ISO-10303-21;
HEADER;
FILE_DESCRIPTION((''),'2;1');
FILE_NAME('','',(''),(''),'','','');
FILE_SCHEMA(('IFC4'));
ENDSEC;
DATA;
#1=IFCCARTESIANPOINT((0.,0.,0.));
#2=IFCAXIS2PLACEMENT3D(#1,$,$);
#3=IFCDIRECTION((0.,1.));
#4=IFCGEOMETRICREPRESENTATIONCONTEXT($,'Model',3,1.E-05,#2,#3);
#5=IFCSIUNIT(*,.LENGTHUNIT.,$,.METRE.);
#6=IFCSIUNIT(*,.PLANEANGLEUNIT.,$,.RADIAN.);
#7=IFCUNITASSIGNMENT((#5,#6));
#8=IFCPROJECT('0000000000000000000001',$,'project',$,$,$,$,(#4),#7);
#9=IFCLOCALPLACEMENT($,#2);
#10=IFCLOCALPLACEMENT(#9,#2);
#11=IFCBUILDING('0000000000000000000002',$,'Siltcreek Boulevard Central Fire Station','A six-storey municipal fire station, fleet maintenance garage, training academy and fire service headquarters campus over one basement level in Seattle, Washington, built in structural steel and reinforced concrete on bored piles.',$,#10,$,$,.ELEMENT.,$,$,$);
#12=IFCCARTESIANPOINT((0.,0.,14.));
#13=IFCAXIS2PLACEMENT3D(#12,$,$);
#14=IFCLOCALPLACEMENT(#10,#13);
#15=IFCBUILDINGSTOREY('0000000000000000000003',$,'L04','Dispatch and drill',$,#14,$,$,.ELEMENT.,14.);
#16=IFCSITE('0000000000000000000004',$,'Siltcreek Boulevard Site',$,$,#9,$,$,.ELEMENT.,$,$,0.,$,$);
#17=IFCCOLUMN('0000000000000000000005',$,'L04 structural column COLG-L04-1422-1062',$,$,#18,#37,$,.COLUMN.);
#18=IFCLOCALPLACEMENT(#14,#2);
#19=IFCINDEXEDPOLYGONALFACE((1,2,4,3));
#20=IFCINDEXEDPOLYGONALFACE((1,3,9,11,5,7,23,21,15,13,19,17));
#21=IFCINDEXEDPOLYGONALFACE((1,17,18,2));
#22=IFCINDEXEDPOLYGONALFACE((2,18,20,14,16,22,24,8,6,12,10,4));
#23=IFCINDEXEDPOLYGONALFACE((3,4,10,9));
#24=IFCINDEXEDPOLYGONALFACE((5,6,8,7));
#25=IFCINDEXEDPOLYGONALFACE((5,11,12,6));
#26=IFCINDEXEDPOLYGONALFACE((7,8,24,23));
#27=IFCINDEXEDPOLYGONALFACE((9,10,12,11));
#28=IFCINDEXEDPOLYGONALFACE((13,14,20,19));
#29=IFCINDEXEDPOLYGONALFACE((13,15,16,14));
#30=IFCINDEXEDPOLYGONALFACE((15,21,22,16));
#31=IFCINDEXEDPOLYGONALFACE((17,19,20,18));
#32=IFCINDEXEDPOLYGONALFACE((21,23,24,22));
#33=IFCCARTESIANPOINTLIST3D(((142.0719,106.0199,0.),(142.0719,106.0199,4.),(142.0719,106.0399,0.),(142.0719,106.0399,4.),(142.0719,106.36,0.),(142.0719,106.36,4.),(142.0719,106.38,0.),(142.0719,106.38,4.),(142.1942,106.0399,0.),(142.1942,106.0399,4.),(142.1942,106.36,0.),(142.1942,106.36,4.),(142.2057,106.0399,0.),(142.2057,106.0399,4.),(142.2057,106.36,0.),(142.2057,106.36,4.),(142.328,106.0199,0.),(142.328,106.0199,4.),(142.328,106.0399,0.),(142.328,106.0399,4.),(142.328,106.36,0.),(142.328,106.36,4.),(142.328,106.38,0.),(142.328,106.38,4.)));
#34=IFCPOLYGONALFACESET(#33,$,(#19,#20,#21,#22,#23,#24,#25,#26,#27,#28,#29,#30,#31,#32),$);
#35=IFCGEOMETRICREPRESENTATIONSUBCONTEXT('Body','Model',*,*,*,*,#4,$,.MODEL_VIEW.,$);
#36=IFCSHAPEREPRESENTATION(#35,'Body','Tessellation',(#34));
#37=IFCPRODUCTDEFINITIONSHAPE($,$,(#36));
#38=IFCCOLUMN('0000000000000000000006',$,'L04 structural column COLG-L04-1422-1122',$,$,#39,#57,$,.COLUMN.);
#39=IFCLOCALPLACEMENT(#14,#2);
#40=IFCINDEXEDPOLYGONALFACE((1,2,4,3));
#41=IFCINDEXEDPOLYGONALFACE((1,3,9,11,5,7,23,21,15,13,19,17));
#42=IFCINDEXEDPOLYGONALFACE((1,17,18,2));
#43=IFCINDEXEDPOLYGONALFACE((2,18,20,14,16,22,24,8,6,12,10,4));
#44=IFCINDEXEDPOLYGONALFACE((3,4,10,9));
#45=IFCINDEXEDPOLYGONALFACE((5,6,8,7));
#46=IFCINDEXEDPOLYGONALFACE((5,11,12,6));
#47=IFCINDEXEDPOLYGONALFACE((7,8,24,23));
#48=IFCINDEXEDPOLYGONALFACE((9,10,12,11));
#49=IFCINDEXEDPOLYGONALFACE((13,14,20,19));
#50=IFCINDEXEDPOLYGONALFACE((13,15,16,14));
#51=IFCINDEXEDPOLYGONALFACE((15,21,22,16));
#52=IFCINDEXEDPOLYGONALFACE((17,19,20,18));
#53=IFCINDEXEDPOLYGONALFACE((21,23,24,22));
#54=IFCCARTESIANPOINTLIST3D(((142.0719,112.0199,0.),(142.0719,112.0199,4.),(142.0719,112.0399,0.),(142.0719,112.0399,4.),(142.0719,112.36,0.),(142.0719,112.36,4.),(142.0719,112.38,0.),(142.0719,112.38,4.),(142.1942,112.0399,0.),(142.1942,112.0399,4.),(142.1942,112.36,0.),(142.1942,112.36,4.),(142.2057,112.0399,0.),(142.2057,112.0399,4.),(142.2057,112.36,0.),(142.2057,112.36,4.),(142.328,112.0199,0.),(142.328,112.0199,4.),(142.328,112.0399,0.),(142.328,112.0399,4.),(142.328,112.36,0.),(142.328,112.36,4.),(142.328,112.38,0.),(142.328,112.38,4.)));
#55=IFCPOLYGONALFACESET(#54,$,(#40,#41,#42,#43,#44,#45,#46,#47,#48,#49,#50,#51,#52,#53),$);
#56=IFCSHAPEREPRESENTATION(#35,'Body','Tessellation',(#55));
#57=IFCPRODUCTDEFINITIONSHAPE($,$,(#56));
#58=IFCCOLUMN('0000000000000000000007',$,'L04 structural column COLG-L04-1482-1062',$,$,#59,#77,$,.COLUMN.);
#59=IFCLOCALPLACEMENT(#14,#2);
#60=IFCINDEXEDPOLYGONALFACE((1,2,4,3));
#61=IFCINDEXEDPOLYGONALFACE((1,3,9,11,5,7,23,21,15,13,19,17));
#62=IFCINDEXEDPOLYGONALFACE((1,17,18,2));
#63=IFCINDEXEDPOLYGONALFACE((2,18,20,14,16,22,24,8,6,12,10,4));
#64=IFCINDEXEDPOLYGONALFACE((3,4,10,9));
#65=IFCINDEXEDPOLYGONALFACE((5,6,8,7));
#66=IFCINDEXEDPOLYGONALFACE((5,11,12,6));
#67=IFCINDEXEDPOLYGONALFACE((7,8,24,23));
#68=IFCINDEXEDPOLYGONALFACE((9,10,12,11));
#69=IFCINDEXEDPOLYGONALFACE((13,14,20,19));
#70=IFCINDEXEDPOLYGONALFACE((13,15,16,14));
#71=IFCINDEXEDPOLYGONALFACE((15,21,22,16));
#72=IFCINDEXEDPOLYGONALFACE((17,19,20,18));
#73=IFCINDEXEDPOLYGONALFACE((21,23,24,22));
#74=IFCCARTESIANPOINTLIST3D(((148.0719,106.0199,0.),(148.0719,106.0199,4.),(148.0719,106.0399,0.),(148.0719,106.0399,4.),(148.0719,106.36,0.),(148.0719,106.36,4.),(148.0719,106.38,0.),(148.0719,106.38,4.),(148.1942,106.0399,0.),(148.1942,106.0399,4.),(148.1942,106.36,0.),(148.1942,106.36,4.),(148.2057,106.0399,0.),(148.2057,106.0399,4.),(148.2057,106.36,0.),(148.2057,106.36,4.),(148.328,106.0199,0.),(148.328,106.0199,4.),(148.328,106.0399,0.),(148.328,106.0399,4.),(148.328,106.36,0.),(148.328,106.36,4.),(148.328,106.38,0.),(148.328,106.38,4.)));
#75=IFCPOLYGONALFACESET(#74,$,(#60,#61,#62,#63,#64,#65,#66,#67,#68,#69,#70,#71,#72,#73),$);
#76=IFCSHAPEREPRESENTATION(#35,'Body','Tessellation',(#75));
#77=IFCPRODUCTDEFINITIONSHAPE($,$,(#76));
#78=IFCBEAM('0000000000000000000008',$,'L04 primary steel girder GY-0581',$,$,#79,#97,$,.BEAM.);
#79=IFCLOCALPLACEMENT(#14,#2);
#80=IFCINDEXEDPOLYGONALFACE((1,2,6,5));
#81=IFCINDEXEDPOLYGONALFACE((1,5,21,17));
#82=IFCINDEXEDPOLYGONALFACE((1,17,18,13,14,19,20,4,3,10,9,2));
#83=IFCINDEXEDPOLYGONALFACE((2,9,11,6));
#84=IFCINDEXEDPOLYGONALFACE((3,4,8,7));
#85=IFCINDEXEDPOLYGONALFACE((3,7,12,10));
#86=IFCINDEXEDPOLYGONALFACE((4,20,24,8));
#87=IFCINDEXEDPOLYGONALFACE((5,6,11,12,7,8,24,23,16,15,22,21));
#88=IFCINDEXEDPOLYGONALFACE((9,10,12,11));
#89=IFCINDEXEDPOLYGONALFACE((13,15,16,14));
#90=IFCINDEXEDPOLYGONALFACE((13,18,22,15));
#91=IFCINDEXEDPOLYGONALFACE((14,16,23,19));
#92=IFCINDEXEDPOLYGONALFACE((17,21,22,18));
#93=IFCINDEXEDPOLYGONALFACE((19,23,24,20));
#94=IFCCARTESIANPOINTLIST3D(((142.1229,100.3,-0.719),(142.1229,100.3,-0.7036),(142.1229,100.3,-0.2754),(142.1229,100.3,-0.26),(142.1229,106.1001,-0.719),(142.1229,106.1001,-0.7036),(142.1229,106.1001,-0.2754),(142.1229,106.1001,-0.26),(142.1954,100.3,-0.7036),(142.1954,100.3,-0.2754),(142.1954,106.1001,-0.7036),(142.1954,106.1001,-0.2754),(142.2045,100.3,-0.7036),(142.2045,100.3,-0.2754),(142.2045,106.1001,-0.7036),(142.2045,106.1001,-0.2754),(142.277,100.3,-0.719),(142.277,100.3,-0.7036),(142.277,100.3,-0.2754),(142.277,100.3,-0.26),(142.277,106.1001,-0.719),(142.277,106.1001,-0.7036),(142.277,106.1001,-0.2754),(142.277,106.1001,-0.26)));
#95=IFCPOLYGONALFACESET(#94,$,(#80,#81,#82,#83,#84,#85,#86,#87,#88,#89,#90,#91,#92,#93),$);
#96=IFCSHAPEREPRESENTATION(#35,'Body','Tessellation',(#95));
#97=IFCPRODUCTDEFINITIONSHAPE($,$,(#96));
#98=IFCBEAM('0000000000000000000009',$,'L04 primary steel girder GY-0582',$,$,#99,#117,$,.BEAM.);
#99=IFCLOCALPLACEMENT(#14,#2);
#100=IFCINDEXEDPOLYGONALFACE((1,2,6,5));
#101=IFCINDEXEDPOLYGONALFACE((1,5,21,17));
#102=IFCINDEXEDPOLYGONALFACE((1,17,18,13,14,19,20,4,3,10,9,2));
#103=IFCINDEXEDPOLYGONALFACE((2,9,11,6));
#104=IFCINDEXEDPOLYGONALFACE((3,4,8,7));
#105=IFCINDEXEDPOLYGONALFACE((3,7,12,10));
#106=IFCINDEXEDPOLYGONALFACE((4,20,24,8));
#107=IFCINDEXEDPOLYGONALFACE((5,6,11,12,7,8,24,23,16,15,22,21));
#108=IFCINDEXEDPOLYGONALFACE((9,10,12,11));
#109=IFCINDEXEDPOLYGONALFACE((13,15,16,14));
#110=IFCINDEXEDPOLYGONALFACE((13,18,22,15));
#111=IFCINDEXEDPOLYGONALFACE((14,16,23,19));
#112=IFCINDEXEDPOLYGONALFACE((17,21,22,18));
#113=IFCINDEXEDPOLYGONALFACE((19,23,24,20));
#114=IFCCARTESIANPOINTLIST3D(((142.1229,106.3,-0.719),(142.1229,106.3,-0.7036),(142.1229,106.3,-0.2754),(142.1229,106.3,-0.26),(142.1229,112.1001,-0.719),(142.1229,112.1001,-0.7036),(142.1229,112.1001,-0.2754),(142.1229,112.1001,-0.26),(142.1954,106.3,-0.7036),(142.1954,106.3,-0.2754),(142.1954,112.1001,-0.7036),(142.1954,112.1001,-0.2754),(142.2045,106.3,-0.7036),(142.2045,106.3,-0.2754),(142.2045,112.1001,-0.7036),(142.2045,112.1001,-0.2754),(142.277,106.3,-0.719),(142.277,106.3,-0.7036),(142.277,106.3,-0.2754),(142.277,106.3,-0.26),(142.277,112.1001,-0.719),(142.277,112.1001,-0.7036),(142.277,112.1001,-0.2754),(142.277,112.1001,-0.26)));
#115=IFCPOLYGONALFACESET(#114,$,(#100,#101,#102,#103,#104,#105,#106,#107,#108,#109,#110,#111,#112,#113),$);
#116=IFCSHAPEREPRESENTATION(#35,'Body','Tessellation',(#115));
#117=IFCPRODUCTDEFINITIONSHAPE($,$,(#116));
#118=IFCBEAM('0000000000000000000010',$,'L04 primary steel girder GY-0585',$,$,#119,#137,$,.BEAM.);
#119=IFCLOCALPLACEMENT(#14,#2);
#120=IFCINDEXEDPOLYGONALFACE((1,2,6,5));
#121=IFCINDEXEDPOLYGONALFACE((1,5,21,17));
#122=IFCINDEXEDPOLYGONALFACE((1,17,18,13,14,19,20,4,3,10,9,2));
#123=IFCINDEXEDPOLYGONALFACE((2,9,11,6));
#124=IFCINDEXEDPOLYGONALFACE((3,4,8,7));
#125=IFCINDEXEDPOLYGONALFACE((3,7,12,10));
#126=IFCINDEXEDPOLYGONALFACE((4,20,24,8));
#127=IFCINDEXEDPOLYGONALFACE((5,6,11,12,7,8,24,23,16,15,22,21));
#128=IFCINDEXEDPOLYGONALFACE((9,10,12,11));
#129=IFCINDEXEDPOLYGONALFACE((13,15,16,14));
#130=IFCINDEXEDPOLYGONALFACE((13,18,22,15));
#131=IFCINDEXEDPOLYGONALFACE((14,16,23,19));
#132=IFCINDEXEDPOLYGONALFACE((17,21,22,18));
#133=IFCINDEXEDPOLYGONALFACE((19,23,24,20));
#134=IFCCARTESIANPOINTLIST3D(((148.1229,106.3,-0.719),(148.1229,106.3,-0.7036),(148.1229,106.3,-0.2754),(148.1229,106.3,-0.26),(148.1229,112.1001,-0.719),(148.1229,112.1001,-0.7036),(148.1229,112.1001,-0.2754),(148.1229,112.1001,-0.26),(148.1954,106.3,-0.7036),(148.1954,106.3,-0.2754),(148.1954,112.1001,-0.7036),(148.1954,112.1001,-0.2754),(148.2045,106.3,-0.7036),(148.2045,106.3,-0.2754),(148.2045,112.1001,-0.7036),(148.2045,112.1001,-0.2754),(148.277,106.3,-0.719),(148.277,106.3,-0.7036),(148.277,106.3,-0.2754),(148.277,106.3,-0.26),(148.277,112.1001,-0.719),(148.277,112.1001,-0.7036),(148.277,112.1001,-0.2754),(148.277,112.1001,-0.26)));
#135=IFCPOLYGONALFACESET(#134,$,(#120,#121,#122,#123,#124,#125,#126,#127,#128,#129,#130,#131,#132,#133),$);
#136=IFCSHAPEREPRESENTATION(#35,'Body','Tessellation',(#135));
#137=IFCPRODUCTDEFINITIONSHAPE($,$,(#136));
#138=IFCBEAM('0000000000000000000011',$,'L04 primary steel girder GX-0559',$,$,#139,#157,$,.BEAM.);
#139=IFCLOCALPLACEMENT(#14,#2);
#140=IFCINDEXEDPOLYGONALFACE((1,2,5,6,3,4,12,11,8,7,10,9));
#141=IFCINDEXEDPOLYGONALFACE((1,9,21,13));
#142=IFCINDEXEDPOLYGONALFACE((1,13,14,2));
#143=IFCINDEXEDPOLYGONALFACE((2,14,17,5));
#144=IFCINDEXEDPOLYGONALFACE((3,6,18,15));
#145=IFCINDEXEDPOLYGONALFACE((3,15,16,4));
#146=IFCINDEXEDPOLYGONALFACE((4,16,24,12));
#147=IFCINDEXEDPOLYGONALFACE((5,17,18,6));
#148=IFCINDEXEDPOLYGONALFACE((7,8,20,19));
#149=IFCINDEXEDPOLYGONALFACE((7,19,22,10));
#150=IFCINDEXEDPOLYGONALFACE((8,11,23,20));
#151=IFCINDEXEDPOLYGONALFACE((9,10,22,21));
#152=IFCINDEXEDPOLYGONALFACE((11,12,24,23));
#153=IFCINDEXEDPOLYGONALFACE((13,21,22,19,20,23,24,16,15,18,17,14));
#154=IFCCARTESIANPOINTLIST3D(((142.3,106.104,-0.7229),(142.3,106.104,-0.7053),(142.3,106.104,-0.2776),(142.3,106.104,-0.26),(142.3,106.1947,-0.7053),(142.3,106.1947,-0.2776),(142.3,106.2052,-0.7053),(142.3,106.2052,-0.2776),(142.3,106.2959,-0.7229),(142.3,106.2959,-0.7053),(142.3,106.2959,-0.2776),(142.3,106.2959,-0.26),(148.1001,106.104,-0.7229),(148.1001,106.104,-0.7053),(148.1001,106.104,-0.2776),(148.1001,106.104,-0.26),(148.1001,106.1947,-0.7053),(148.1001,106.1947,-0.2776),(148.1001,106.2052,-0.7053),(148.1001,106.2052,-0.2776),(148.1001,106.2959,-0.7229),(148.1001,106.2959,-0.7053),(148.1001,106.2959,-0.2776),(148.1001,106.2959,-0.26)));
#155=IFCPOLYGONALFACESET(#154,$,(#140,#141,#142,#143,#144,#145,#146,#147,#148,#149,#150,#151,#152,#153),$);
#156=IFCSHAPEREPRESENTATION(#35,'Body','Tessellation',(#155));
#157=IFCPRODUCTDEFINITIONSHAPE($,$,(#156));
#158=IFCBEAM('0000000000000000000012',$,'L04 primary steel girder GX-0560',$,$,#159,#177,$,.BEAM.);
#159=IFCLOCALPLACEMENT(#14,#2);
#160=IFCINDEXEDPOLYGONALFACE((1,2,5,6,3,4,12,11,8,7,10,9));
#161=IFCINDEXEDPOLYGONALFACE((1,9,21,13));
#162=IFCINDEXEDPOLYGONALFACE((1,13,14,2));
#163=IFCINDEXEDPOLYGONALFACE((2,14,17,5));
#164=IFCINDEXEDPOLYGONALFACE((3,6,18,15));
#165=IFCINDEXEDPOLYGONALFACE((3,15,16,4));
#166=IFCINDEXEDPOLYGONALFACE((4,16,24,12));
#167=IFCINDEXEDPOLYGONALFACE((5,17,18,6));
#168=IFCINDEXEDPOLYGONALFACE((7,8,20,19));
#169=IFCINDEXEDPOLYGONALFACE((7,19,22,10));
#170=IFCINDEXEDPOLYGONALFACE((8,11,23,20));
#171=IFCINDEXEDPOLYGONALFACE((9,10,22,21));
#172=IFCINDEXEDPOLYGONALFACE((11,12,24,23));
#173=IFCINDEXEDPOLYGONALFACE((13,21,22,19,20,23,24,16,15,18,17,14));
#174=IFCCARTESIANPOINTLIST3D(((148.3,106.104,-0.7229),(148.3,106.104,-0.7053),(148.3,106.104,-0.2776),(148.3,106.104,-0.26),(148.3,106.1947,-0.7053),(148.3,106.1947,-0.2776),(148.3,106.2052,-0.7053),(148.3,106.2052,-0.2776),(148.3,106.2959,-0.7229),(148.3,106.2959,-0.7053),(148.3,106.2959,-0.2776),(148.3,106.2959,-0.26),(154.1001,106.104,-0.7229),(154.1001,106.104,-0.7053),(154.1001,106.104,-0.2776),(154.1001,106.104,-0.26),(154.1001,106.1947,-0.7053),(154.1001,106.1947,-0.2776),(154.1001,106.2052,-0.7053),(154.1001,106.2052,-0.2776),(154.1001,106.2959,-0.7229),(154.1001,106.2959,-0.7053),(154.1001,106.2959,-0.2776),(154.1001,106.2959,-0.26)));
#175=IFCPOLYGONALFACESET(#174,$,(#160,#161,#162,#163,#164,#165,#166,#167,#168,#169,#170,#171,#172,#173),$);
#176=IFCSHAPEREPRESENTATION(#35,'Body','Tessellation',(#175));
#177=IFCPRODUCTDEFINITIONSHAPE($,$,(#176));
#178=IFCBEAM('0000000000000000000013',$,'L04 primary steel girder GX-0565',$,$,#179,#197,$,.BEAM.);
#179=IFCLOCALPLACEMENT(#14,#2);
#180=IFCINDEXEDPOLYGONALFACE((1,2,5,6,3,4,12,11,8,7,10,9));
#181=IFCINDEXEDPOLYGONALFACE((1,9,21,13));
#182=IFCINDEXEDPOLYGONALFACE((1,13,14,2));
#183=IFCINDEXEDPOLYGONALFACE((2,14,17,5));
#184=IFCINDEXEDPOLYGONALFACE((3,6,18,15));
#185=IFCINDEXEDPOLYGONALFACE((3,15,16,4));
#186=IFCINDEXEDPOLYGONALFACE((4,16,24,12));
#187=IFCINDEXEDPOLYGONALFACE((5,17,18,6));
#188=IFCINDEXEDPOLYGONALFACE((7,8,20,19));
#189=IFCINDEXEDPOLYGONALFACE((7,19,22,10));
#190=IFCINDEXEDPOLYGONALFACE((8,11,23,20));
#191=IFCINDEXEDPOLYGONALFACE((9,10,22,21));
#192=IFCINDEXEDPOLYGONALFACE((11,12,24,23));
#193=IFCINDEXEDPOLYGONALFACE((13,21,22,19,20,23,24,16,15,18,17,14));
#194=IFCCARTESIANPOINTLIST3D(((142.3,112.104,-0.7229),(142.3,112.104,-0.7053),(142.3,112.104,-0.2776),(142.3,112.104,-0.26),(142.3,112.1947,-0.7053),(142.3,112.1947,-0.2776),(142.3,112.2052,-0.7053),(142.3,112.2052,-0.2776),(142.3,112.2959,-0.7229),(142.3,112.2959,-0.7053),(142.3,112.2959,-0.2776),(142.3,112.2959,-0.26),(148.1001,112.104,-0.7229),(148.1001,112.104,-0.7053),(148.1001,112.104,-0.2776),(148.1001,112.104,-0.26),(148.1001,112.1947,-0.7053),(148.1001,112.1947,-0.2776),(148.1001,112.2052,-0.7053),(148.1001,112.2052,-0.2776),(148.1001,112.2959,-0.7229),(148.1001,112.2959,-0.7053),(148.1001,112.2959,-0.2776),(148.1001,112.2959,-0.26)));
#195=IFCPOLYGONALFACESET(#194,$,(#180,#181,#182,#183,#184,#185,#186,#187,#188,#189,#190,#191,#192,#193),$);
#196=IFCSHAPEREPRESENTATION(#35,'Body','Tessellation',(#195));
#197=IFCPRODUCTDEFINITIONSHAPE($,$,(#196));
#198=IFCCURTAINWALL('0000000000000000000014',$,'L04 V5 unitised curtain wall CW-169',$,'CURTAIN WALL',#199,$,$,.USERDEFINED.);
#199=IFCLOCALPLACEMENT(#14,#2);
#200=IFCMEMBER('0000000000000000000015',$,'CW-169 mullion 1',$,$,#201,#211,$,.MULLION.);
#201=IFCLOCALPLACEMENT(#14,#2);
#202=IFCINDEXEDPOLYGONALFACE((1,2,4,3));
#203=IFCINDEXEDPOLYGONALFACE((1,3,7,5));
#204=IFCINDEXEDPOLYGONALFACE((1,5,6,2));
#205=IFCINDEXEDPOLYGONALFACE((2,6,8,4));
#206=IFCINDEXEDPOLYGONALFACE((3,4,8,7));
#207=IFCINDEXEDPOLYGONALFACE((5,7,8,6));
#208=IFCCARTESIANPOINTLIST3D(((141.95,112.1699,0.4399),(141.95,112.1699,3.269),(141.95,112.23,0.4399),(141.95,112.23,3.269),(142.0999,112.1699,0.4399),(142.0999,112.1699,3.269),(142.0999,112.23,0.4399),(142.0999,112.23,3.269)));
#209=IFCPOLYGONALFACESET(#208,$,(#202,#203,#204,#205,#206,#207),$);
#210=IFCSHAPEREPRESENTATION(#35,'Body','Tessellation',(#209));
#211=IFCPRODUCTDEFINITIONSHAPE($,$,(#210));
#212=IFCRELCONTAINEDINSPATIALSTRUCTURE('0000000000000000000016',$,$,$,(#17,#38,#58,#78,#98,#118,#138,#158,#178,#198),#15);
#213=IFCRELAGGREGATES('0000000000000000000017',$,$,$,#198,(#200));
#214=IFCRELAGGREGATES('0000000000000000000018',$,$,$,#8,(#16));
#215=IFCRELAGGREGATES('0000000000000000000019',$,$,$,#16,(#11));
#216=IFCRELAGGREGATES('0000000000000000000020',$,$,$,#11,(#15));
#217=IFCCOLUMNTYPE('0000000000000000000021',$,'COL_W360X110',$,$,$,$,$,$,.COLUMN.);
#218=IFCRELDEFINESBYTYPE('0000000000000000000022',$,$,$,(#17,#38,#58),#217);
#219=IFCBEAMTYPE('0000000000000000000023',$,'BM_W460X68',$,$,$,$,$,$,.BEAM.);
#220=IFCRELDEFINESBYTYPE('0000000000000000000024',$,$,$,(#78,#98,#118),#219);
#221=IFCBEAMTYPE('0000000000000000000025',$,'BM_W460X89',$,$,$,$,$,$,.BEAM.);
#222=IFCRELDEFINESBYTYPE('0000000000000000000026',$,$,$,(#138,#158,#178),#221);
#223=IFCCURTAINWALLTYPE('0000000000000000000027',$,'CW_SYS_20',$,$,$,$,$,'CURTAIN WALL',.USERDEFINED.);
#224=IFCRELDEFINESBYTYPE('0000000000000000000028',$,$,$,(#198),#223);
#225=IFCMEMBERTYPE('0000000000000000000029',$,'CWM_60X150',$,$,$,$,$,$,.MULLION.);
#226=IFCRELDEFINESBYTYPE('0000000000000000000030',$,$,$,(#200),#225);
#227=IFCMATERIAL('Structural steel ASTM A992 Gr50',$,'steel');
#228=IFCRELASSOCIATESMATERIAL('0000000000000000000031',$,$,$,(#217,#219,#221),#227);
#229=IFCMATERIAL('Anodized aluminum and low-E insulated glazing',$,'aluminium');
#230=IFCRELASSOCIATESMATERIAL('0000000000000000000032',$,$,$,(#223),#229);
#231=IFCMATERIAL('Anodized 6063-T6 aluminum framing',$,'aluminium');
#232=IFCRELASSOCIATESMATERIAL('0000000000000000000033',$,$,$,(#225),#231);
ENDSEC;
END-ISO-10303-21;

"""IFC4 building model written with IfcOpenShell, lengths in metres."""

from ifc_helpers import new_model, si_unit, direction, frame, origin, origin_2d, place, context, subcontext, project, spatial, rectangle, i_section, extrude, material, material_profile, profile_set, type_object, element, aggregate, save


model = new_model("IFC4")

# Units and contexts
model_context = context("Model", 3, precision=1e-05, world=origin(), true_north=direction((0.0, 1.0)))
body_context = subcontext(model_context, "Body", "Model", "MODEL_VIEW")
ifc_project = project(units=[si_unit("LENGTHUNIT", "METRE"), si_unit("PLANEANGLEUNIT", "RADIAN")], contexts=[model_context])

# Site, building, storey
site_placement = place(None, origin())
site = spatial("IfcSite", under=ifc_project, at=site_placement, Name="Siltcreek Boulevard Site", CompositionType="ELEMENT", RefElevation=0.0)
building_placement = place(site_placement, origin())
building = spatial("IfcBuilding", under=site, at=building_placement, Name="Siltcreek Boulevard Central Fire Station", Description="A six-storey municipal fire station, fleet maintenance garage, training academy and fire service headquarters campus over one basement level in Seattle, Washington, built in structural steel and reinforced concrete on bored piles.", CompositionType="ELEMENT")
storey_placement = place(building_placement, frame((0.0, 0.0, 14.0)))
storey = spatial("IfcBuildingStorey", under=building, at=storey_placement, Name="L04", Description="Dispatch and drill", CompositionType="ELEMENT", Elevation=14.0)

# Columns
ifc_material_1 = material(Name="Structural steel ASTM A992 Gr50", Category="steel")
ifc_material_profile_1 = material_profile(ifc_material_1, i_section(OverallWidth=0.2561, OverallDepth=0.3601, WebThickness=0.0115, FlangeThickness=0.02, at=origin_2d()), Name="W360X110")
ifc_profile_set_1 = profile_set([ifc_material_profile_1], Name="Structural steel ASTM A992 Gr50")
column_type = type_object("IfcColumnType", Name="COL_W360X110", PredefinedType="COLUMN", material=ifc_profile_set_1)
for number, where, z_axis, x_axis, name in (
    (1, (142.2, 106.2, 0.0), (0.0, 0.0, 1.0), (1.0, 0.0, 0.0), "L04 structural column COLG-L04-1422-1062"),
    (2, (142.2, 112.2, 0.0), (0.0, 0.0, 1.0), (1.0, 0.0, 0.0), "L04 structural column COLG-L04-1422-1122"),
    (3, (148.2, 106.2, 0.0), (0.0, 0.0, 1.0), (1.0, 0.0, 0.0), "L04 structural column COLG-L04-1482-1062"),
):
    element("IfcColumn", number, at=place(storey_placement, frame(where, z_axis=z_axis, x_axis=x_axis)), inside=storey, type_object=column_type, Name=name, PredefinedType="COLUMN", context=body_context, shape_type="SweptSolid", body=[
        extrude(i_section(OverallWidth=0.2561, OverallDepth=0.3601, WebThickness=0.0115, FlangeThickness=0.02, at=origin_2d()), origin(), (0.0, 0.0, 1.0), 4.0),
    ])

# Beams
ifc_material_profile_2 = material_profile(ifc_material_1, i_section(OverallWidth=0.1541, OverallDepth=0.459, WebThickness=0.009, FlangeThickness=0.0154, at=origin_2d()), Name="W460X68")
ifc_profile_set_2 = profile_set([ifc_material_profile_2], Name="Structural steel ASTM A992 Gr50")
beam_type_1 = type_object("IfcBeamType", Name="BM_W460X68", PredefinedType="BEAM", material=ifc_profile_set_2)
for number, where, z_axis, x_axis, name in (
    (4, (142.2, 100.3, -0.4895), (0.0, 1.0, 0.0), (-1.0, 0.0, 0.0), "L04 primary steel girder GY-0581"),
    (5, (142.2, 106.3, -0.4895), (0.0, 1.0, 0.0), (-1.0, 0.0, 0.0), "L04 primary steel girder GY-0582"),
    (6, (148.2, 106.3, -0.4895), (0.0, 1.0, 0.0), (-1.0, 0.0, 0.0), "L04 primary steel girder GY-0585"),
):
    element("IfcBeam", number, at=place(storey_placement, frame(where, z_axis=z_axis, x_axis=x_axis)), inside=storey, type_object=beam_type_1, Name=name, PredefinedType="BEAM", context=body_context, shape_type="SweptSolid", body=[
        extrude(i_section(OverallWidth=0.1541, OverallDepth=0.459, WebThickness=0.009, FlangeThickness=0.0154, at=origin_2d()), origin(), (0.0, 0.0, 1.0), 5.8),
    ])
ifc_material_profile_3 = material_profile(ifc_material_1, i_section(OverallWidth=0.1919, OverallDepth=0.4629, WebThickness=0.0105, FlangeThickness=0.0176, at=origin_2d()), Name="W460X89")
ifc_profile_set_3 = profile_set([ifc_material_profile_3], Name="Structural steel ASTM A992 Gr50")
beam_type_2 = type_object("IfcBeamType", Name="BM_W460X89", PredefinedType="BEAM", material=ifc_profile_set_3)
for number, where, z_axis, x_axis, name in (
    (7, (142.3, 106.2, -0.4915), (1.0, 0.0, 0.0), (0.0, 1.0, 0.0), "L04 primary steel girder GX-0559"),
    (8, (148.3, 106.2, -0.4915), (1.0, 0.0, 0.0), (0.0, 1.0, 0.0), "L04 primary steel girder GX-0560"),
    (9, (142.3, 112.2, -0.4915), (1.0, 0.0, 0.0), (0.0, 1.0, 0.0), "L04 primary steel girder GX-0565"),
):
    element("IfcBeam", number, at=place(storey_placement, frame(where, z_axis=z_axis, x_axis=x_axis)), inside=storey, type_object=beam_type_2, Name=name, PredefinedType="BEAM", context=body_context, shape_type="SweptSolid", body=[
        extrude(i_section(OverallWidth=0.1919, OverallDepth=0.4629, WebThickness=0.0105, FlangeThickness=0.0176, at=origin_2d()), origin(), (0.0, 0.0, 1.0), 5.8),
    ])

# Curtain wall, member
ifc_material_2 = material(Name="Anodized aluminum and low-E insulated glazing", Category="aluminium")
curtain_wall_type_1 = type_object("IfcCurtainWallType", Name="CW_SYS_20", ElementType="CURTAIN WALL", PredefinedType="USERDEFINED", material=ifc_material_2)
curtain_wall_1_placement = place(storey_placement, origin())
curtain_wall_1 = element("IfcCurtainWall", 10, at=curtain_wall_1_placement, inside=storey, type_object=curtain_wall_type_1, Name="L04 V5 unitised curtain wall CW-169", ObjectType="CURTAIN WALL", PredefinedType="USERDEFINED")
ifc_material_3 = material(Name="Anodized 6063-T6 aluminum framing", Category="aluminium")
ifc_material_profile_4 = material_profile(ifc_material_3, rectangle(XDim=0.0601, YDim=0.1499, at=origin_2d()), Name="MULL60X150")
ifc_profile_set_4 = profile_set([ifc_material_profile_4], Name="Anodized 6063-T6 aluminum framing")
member_type_1 = type_object("IfcMemberType", Name="CWM_60X150", PredefinedType="MULLION", material=ifc_profile_set_4)
member_1_placement = place(storey_placement, frame((142.0249, 112.2, 0.4399), z_axis=(0.0, 0.0, 1.0), x_axis=(0.0, -1.0, 0.0)))
member_1 = element("IfcMember", 11, at=member_1_placement, type_object=member_type_1, Name="CW-169 mullion 1", PredefinedType="MULLION", context=body_context, shape_type="SweptSolid", body=[
    extrude(rectangle(XDim=0.0601, YDim=0.1499, at=origin_2d()), origin(), (0.0, 0.0, 1.0), 2.8291),
])
aggregate(curtain_wall_1, [member_1])

save(model, "model.ifc")
